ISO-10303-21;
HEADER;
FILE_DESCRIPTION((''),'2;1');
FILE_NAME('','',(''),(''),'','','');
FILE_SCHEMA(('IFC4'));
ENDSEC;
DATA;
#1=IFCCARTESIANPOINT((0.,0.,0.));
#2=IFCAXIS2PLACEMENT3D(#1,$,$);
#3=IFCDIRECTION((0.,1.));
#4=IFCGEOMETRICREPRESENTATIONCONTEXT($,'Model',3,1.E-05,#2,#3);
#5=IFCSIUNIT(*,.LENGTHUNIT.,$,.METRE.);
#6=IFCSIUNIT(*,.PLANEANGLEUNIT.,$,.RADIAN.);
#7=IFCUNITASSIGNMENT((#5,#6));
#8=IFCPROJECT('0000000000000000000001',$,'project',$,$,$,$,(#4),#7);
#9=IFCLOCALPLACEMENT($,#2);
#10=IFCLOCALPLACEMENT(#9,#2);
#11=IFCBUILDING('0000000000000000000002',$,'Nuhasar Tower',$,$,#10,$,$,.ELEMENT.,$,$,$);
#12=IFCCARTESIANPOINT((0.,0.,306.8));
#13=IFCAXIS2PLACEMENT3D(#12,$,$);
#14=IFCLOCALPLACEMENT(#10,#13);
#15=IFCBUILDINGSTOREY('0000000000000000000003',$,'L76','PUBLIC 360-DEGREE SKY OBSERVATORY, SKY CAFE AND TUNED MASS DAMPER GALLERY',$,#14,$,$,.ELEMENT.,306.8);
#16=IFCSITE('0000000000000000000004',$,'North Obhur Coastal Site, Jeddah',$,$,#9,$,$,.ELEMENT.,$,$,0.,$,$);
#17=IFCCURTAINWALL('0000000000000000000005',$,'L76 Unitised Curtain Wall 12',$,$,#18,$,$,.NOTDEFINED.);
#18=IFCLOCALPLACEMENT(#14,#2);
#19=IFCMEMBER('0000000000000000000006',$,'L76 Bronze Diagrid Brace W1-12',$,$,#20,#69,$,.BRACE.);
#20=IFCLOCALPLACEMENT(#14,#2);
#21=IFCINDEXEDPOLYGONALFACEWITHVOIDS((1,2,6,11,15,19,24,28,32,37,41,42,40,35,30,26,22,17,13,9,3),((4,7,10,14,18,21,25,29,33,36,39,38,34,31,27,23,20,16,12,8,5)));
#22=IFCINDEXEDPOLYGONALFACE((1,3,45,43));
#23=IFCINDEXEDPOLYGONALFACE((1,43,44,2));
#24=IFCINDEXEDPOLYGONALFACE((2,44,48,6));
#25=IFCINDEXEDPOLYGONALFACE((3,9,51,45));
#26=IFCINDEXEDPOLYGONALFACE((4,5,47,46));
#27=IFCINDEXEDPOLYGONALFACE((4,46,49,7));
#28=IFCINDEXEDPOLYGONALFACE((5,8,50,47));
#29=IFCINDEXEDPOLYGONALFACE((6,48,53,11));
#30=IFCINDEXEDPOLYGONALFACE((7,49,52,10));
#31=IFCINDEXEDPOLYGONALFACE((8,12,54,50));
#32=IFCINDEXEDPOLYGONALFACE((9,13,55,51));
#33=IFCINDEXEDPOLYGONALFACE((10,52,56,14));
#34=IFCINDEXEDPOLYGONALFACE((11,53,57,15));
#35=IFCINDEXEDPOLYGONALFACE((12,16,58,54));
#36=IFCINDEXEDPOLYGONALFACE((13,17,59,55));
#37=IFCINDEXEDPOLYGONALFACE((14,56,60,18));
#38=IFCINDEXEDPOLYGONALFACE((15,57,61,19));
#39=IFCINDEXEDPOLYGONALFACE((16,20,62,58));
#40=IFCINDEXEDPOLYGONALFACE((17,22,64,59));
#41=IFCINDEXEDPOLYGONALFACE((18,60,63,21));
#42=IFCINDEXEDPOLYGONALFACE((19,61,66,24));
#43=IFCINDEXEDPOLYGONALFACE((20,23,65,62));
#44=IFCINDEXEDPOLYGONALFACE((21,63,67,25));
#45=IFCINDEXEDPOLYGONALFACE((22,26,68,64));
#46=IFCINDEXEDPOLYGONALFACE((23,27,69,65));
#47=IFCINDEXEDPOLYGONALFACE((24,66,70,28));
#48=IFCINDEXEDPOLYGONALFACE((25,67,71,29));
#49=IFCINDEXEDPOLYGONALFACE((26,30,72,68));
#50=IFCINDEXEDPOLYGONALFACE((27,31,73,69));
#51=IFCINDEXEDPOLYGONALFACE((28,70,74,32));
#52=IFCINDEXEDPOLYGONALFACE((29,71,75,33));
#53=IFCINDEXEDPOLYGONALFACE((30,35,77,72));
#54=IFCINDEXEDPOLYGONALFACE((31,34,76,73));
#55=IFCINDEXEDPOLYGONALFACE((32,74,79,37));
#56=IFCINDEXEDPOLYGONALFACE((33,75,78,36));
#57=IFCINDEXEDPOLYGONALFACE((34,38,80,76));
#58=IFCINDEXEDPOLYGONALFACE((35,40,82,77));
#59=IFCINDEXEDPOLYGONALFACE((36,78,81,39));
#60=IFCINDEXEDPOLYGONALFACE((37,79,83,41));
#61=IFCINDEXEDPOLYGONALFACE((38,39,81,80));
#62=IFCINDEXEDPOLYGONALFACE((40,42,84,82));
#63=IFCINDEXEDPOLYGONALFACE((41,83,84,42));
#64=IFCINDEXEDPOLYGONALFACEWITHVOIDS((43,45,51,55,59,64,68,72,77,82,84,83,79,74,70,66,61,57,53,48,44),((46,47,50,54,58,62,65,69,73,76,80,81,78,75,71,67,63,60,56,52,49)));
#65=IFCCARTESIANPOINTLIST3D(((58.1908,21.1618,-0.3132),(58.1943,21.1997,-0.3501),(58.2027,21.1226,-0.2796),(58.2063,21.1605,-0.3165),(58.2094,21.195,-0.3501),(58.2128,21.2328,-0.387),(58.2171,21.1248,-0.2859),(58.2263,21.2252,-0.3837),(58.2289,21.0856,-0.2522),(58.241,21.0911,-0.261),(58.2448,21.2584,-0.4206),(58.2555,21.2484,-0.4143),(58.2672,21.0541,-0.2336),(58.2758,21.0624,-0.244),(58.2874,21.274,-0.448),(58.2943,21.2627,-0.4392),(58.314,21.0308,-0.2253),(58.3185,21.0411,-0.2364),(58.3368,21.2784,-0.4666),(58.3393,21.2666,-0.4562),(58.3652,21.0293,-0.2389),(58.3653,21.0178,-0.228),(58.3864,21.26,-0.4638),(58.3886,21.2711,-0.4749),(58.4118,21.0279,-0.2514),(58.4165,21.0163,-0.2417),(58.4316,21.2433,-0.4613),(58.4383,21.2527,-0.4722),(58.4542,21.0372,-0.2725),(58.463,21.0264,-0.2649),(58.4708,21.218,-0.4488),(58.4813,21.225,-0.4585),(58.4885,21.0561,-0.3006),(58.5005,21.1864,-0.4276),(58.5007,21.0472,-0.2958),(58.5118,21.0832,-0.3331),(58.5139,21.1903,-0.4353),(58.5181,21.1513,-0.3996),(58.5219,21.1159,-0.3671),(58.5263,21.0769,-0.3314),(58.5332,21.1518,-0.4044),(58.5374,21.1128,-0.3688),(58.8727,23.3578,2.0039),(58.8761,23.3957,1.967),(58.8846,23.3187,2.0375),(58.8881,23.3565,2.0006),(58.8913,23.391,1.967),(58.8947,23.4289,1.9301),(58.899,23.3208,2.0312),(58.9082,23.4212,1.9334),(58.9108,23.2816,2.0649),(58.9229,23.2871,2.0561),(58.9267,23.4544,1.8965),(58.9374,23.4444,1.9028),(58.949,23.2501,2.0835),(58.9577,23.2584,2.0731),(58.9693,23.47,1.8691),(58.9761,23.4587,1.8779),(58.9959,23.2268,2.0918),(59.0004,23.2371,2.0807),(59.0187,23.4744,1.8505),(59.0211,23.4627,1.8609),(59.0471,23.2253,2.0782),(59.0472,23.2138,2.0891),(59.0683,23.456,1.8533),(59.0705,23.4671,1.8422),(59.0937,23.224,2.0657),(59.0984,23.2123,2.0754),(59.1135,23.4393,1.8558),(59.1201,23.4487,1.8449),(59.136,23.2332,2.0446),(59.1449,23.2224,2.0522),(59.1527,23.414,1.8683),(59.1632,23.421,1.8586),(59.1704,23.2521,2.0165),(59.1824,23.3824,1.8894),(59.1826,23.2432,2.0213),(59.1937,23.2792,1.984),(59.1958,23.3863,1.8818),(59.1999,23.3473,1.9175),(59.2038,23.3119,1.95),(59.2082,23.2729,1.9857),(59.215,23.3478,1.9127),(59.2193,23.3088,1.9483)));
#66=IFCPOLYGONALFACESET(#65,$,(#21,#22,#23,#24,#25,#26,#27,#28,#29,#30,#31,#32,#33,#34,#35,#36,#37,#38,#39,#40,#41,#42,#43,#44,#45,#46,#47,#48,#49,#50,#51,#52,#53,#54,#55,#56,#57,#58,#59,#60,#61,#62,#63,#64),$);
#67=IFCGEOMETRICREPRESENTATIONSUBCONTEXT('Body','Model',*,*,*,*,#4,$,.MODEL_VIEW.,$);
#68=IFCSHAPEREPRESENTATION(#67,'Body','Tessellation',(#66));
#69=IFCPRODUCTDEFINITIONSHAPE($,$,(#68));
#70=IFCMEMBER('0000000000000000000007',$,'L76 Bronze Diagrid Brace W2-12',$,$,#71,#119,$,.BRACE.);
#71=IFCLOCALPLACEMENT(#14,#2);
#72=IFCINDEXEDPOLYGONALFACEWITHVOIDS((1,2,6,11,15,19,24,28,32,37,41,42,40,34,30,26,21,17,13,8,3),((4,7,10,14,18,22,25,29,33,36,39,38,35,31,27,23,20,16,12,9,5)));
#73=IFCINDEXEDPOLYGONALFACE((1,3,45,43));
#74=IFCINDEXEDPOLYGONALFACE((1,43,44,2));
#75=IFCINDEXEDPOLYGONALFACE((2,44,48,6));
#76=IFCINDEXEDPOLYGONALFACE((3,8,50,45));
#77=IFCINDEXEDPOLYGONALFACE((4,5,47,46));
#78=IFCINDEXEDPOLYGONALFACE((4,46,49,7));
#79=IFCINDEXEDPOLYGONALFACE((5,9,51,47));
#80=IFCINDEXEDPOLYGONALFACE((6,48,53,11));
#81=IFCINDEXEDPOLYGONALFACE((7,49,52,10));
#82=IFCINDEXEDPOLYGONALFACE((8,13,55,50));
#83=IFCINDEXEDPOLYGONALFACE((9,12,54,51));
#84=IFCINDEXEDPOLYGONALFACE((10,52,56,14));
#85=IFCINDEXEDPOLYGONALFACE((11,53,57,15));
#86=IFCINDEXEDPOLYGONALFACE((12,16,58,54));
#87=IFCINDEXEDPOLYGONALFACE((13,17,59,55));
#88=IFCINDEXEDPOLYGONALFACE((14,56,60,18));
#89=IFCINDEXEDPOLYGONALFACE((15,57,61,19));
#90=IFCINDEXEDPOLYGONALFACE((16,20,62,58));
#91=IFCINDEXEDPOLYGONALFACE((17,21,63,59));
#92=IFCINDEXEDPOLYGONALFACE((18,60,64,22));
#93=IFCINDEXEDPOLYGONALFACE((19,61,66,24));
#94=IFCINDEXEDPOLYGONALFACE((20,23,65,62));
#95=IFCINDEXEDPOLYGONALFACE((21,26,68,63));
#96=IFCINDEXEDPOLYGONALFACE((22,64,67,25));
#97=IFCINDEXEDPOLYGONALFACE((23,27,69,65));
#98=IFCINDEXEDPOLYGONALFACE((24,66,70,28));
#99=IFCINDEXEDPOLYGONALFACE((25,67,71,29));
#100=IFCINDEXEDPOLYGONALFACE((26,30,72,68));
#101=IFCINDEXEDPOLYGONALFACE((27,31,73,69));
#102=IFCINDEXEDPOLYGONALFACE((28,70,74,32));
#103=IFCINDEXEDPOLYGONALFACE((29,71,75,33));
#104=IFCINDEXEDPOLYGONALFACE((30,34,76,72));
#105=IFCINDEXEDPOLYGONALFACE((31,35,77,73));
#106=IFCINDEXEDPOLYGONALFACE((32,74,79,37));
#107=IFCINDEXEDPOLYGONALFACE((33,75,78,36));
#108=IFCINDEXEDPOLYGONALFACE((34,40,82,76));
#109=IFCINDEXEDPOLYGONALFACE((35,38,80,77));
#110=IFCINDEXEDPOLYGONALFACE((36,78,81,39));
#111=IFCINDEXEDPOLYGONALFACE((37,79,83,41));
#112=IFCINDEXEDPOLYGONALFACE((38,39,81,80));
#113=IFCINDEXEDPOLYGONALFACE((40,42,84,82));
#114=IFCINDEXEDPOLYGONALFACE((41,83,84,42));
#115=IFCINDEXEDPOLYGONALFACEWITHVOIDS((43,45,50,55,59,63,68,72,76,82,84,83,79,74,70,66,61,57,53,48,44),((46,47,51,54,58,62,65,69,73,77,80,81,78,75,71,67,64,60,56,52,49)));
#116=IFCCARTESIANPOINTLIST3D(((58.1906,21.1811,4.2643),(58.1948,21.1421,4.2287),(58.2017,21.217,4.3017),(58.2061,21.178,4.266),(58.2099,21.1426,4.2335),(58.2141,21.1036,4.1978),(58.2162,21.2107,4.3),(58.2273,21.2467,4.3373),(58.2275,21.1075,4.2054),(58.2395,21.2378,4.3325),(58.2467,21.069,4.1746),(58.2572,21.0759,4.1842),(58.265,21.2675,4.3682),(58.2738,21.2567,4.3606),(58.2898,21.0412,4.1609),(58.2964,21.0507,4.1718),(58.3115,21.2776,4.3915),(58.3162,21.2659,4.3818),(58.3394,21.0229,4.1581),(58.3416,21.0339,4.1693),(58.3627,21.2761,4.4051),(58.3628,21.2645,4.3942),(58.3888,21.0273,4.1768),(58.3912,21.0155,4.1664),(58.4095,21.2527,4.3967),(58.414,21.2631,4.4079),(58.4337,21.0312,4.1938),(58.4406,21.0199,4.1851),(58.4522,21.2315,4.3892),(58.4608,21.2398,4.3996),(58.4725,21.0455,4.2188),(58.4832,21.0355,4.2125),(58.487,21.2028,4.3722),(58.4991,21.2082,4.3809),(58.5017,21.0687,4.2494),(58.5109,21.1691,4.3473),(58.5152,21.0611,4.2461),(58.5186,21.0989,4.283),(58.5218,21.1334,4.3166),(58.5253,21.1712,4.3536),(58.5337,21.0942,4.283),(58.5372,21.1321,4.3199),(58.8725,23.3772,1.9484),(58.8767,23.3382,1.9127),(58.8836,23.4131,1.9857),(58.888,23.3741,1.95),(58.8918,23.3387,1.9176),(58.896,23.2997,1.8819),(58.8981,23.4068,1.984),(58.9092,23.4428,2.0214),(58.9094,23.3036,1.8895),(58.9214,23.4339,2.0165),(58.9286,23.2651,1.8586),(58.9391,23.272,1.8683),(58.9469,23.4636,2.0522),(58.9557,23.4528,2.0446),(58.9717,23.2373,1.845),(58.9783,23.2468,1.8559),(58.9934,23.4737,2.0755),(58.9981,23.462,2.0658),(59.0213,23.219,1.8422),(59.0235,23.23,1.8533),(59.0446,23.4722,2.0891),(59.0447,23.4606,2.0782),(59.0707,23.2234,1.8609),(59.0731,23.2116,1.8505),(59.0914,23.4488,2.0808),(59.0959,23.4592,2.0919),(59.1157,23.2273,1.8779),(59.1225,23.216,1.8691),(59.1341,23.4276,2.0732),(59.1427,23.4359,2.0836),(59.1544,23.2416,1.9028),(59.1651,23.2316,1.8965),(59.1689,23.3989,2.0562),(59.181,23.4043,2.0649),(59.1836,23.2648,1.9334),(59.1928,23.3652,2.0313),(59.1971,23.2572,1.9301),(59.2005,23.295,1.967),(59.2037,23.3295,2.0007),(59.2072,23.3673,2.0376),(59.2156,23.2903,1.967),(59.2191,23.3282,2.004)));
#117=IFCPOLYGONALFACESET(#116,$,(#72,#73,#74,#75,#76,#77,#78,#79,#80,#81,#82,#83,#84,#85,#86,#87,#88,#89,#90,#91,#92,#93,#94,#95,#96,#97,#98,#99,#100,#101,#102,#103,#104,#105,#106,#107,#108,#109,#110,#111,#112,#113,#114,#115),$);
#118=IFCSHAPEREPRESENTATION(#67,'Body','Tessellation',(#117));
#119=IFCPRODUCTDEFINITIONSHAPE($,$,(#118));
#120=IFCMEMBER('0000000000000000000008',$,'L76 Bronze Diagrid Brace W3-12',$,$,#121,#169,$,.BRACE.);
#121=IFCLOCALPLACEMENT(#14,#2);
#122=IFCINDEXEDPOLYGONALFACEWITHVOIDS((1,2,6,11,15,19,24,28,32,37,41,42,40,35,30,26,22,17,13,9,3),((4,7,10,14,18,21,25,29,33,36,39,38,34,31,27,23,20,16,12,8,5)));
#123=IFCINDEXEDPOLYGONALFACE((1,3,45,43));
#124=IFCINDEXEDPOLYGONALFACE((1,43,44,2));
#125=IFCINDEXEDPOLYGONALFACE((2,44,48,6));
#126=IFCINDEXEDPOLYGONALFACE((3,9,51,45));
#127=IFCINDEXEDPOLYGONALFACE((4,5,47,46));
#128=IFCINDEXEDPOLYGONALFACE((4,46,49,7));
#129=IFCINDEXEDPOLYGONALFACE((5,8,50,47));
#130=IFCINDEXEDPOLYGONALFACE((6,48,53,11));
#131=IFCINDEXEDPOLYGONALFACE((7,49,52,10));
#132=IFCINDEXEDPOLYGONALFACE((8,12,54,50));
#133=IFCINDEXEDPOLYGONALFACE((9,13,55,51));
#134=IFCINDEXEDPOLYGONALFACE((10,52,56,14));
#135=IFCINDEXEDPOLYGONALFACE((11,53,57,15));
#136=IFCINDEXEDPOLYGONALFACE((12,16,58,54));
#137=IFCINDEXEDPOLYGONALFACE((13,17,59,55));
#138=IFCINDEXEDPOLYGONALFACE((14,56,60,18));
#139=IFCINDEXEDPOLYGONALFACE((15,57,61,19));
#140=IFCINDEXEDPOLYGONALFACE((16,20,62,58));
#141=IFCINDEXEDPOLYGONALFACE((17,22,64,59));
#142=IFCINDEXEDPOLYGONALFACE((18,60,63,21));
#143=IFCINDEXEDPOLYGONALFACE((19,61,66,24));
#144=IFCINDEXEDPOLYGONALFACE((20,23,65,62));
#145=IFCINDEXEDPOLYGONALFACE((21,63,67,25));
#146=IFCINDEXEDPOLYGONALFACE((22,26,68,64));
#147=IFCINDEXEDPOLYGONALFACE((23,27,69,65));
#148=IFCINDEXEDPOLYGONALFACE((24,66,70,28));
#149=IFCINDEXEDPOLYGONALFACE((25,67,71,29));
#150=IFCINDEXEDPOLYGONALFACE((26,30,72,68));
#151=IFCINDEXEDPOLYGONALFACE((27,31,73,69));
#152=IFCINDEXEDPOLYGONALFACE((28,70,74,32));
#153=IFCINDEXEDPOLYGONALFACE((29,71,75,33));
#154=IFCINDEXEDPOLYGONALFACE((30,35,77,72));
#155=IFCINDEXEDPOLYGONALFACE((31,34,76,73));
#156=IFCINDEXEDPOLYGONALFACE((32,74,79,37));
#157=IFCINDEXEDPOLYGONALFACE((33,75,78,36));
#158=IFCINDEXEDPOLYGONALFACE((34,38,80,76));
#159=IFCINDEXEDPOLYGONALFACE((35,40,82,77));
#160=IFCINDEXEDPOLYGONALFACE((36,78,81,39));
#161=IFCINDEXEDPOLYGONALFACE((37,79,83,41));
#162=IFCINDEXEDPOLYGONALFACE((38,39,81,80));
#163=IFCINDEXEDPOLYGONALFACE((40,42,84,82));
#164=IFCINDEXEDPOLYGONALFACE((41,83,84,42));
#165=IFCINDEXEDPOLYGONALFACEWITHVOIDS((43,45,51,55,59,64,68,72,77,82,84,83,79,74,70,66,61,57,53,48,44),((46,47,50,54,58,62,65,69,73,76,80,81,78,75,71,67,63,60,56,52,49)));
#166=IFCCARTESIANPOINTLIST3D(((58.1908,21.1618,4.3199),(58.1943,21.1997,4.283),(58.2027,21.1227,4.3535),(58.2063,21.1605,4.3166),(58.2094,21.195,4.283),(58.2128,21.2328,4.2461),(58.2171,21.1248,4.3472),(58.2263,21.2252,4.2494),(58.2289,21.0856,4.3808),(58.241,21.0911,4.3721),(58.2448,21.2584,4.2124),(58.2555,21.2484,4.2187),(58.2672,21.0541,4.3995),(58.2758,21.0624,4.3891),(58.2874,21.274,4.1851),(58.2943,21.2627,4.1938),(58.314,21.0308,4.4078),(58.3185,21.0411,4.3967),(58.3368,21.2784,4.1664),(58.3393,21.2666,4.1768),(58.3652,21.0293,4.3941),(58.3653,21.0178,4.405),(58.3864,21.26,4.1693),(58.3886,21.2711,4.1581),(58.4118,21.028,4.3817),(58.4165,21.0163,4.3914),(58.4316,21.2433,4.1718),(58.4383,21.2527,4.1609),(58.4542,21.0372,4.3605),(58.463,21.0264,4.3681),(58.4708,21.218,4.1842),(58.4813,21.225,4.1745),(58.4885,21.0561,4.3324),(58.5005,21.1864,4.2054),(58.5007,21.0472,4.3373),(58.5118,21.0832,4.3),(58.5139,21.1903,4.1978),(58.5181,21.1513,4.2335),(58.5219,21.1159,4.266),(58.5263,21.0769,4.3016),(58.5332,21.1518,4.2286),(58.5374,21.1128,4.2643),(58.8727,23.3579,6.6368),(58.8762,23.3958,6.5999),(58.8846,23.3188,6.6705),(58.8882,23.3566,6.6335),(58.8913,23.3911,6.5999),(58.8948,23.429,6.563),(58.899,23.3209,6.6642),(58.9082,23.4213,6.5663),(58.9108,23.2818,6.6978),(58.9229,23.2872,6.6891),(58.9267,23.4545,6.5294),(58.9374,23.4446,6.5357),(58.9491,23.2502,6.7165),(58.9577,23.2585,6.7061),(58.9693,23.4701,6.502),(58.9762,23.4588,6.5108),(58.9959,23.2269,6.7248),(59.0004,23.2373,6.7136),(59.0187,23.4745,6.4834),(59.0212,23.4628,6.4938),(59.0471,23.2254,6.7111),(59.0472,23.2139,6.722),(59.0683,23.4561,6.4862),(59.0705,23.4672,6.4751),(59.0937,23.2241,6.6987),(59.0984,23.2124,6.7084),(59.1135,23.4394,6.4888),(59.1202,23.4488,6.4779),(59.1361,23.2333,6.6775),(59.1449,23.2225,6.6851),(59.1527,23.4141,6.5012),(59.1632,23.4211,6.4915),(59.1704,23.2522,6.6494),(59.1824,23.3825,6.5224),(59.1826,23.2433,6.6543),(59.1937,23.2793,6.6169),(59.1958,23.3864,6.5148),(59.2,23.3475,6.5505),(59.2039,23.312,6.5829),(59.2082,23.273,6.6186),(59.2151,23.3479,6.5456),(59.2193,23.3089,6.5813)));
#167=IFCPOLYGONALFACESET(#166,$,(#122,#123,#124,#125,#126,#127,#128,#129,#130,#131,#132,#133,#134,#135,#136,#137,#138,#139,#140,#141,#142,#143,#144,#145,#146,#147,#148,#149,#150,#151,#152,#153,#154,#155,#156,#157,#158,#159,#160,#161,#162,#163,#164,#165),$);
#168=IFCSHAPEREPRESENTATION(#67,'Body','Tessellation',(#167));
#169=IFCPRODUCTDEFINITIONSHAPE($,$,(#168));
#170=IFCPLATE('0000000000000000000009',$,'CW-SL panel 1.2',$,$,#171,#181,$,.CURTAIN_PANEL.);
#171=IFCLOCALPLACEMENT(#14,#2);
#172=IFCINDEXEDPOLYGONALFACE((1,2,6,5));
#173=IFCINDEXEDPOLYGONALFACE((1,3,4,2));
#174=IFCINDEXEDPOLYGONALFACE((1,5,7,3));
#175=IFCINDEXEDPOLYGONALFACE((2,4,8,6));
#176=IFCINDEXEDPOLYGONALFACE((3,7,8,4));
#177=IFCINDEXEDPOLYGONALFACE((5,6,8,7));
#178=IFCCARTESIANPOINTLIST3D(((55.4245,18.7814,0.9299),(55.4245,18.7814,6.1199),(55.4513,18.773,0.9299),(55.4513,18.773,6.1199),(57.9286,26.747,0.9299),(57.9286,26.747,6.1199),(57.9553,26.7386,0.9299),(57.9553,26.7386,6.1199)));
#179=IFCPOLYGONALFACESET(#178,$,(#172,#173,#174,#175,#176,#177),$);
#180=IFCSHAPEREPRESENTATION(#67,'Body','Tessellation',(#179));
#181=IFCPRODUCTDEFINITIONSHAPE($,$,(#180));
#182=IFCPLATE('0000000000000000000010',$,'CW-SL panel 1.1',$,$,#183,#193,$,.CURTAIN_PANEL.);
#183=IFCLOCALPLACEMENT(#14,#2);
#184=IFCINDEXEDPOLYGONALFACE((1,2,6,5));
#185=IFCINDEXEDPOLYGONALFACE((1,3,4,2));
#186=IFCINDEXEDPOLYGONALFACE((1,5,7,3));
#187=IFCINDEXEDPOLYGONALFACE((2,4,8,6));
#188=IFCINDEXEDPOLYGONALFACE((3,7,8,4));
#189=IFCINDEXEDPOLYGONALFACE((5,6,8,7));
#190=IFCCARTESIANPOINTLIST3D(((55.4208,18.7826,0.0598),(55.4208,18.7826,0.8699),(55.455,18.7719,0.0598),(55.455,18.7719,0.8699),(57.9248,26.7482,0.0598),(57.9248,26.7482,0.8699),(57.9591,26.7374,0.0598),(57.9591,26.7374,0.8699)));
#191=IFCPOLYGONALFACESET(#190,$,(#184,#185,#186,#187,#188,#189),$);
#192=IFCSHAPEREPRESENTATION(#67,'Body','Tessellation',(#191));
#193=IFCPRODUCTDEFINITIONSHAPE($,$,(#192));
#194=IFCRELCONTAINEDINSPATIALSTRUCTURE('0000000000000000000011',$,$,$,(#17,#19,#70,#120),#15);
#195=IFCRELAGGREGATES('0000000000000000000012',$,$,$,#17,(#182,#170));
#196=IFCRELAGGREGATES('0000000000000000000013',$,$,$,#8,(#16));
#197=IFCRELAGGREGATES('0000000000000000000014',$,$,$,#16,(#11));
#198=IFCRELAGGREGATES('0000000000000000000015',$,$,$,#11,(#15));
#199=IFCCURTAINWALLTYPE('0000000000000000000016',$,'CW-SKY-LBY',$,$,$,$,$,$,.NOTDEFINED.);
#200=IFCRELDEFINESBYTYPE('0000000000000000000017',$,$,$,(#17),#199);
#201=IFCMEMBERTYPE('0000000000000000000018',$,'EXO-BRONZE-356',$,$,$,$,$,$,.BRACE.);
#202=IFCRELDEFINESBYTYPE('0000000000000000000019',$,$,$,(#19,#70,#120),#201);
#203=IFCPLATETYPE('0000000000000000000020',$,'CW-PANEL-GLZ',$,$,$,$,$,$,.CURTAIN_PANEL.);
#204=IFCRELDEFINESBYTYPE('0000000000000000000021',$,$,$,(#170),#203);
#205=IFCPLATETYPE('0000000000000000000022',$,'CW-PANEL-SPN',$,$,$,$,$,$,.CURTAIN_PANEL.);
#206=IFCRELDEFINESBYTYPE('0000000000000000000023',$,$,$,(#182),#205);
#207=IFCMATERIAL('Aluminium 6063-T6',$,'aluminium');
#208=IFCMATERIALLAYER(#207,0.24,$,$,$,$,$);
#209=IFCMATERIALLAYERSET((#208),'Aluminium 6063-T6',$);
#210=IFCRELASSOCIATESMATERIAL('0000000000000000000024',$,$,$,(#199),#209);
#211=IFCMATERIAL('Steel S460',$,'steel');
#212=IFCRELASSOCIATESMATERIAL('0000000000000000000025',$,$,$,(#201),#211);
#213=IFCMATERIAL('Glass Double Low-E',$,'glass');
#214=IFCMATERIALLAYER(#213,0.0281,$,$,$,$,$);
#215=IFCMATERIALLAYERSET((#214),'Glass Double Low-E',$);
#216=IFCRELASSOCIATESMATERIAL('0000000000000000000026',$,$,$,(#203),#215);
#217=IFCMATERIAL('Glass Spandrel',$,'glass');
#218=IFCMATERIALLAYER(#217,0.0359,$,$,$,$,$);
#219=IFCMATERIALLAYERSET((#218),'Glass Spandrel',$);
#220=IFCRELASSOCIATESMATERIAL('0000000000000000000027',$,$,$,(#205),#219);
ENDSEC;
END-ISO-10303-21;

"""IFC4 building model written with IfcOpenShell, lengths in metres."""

from ifc_helpers import new_model, si_unit, direction, frame, origin, origin_2d, place, context, subcontext, project, spatial, rectangle, hollow_circle, extrude, material, layer, layer_set, material_profile, profile_set, type_object, element, aggregate, save


model = new_model("IFC4")

# Units and contexts
model_context = context("Model", 3, precision=1e-05, world=origin(), true_north=direction((0.0, 1.0)))
body_context = subcontext(model_context, "Body", "Model", "MODEL_VIEW")
ifc_project = project(units=[si_unit("LENGTHUNIT", "METRE"), si_unit("PLANEANGLEUNIT", "RADIAN")], contexts=[model_context])

# Site, building, storey
site_placement = place(None, origin())
site = spatial("IfcSite", under=ifc_project, at=site_placement, Name="North Obhur Coastal Site, Jeddah", CompositionType="ELEMENT", RefElevation=0.0)
building_placement = place(site_placement, origin())
building = spatial("IfcBuilding", under=site, at=building_placement, Name="Nuhasar Tower", CompositionType="ELEMENT")
storey_placement = place(building_placement, frame((0.0, 0.0, 306.8)))
storey = spatial("IfcBuildingStorey", under=building, at=storey_placement, Name="L76", Description="PUBLIC 360-DEGREE SKY OBSERVATORY, SKY CAFE AND TUNED MASS DAMPER GALLERY", CompositionType="ELEMENT", Elevation=306.8)

# Shared definitions
ifc_material_1 = material(Name="Steel S460", Category="steel")

# Curtain wall
ifc_material_2 = material(Name="Aluminium 6063-T6", Category="aluminium")
ifc_layer_1 = layer(ifc_material_2, 0.24)
ifc_layer_set_1 = layer_set([ifc_layer_1], Name="Aluminium 6063-T6")
curtain_wall_type = type_object("IfcCurtainWallType", Name="CW-SKY-LBY", PredefinedType="NOTDEFINED", material=ifc_layer_set_1)
curtain_wall_placement = place(storey_placement, origin())
curtain_wall = element("IfcCurtainWall", 1, at=curtain_wall_placement, inside=storey, type_object=curtain_wall_type, Name="L76 Unitised Curtain Wall 12", PredefinedType="NOTDEFINED")

# Members
ifc_material_profile_1 = material_profile(ifc_material_1, hollow_circle(Radius=0.1777, WallThickness=0.0159, at=origin_2d()), Name="HSS355.6X15.9")
ifc_profile_set_1 = profile_set([ifc_material_profile_1], Name="Steel S460")
member_type_1 = type_object("IfcMemberType", Name="EXO-BRONZE-356", PredefinedType="BRACE", material=ifc_profile_set_1)
member_1_placement = place(storey_placement, frame((58.364, 21.147, -0.3501), z_axis=(0.208881, 0.672713, 0.709807), x_axis=(-0.955021, 0.296539, 0.0)))
element("IfcMember", 2, at=member_1_placement, inside=storey, type_object=member_type_1, Name="L76 Bronze Diagrid Brace W1-12", PredefinedType="BRACE", context=body_context, shape_type="SweptSolid", body=[
    extrude(hollow_circle(Radius=0.1777, WallThickness=0.0159, at=origin_2d()), origin(), (0.0, 0.0, 1.0), 3.2644),
])
member_2_placement = place(storey_placement, frame((59.0459, 23.343, 1.967), z_axis=(-0.208937, -0.672891, 0.709622), x_axis=(0.955021, -0.296539, 0.0)))
element("IfcMember", 3, at=member_2_placement, inside=storey, type_object=member_type_1, Name="L76 Bronze Diagrid Brace W2-12", PredefinedType="BRACE", context=body_context, shape_type="SweptSolid", body=[
    extrude(hollow_circle(Radius=0.1777, WallThickness=0.0159, at=origin_2d()), origin(), (0.0, 0.0, 1.0), 3.2637),
])
member_3_placement = place(storey_placement, frame((58.364, 21.147, 4.283), z_axis=(0.208892, 0.672748, 0.70977), x_axis=(-0.955021, 0.296539, 0.0)))
element("IfcMember", 4, at=member_3_placement, inside=storey, type_object=member_type_1, Name="L76 Bronze Diagrid Brace W3-12", PredefinedType="BRACE", context=body_context, shape_type="SweptSolid", body=[
    extrude(hollow_circle(Radius=0.1777, WallThickness=0.0159, at=origin_2d()), origin(), (0.0, 0.0, 1.0), 3.2644),
])

# Plates
ifc_material_3 = material(Name="Glass Double Low-E", Category="glass")
ifc_layer_2 = layer(ifc_material_3, 0.0281)
ifc_layer_set_2 = layer_set([ifc_layer_2], Name="Glass Double Low-E")
plate_type_1 = type_object("IfcPlateType", Name="CW-PANEL-GLZ", PredefinedType="CURTAIN_PANEL", material=ifc_layer_set_2)
plate_1_placement = place(storey_placement, frame((56.6899, 22.76, 0.9299), z_axis=(0.0, 0.0, 1.0), x_axis=(0.299888, 0.953974, 0.0)))
plate_1 = element("IfcPlate", 5, at=plate_1_placement, type_object=plate_type_1, Name="CW-SL panel 1.2", PredefinedType="CURTAIN_PANEL", context=body_context, shape_type="SweptSolid", body=[
    extrude(rectangle(XDim=8.3499, YDim=0.0281, at=origin_2d()), origin(), (0.0, 0.0, 1.0), 5.1899),
])
ifc_material_4 = material(Name="Glass Spandrel", Category="glass")
ifc_layer_3 = layer(ifc_material_4, 0.0359)
ifc_layer_set_3 = layer_set([ifc_layer_3], Name="Glass Spandrel")
plate_type_2 = type_object("IfcPlateType", Name="CW-PANEL-SPN", PredefinedType="CURTAIN_PANEL", material=ifc_layer_set_3)
plate_2_placement = place(storey_placement, frame((56.6899, 22.76, 0.0598), z_axis=(0.0, 0.0, 1.0), x_axis=(0.299888, 0.953974, 0.0)))
plate_2 = element("IfcPlate", 6, at=plate_2_placement, type_object=plate_type_2, Name="CW-SL panel 1.1", PredefinedType="CURTAIN_PANEL", context=body_context, shape_type="SweptSolid", body=[
    extrude(rectangle(XDim=8.3499, YDim=0.0359, at=origin_2d()), origin(), (0.0, 0.0, 1.0), 0.8101),
])
aggregate(curtain_wall, [plate_2, plate_1])

save(model, "model.ifc")
